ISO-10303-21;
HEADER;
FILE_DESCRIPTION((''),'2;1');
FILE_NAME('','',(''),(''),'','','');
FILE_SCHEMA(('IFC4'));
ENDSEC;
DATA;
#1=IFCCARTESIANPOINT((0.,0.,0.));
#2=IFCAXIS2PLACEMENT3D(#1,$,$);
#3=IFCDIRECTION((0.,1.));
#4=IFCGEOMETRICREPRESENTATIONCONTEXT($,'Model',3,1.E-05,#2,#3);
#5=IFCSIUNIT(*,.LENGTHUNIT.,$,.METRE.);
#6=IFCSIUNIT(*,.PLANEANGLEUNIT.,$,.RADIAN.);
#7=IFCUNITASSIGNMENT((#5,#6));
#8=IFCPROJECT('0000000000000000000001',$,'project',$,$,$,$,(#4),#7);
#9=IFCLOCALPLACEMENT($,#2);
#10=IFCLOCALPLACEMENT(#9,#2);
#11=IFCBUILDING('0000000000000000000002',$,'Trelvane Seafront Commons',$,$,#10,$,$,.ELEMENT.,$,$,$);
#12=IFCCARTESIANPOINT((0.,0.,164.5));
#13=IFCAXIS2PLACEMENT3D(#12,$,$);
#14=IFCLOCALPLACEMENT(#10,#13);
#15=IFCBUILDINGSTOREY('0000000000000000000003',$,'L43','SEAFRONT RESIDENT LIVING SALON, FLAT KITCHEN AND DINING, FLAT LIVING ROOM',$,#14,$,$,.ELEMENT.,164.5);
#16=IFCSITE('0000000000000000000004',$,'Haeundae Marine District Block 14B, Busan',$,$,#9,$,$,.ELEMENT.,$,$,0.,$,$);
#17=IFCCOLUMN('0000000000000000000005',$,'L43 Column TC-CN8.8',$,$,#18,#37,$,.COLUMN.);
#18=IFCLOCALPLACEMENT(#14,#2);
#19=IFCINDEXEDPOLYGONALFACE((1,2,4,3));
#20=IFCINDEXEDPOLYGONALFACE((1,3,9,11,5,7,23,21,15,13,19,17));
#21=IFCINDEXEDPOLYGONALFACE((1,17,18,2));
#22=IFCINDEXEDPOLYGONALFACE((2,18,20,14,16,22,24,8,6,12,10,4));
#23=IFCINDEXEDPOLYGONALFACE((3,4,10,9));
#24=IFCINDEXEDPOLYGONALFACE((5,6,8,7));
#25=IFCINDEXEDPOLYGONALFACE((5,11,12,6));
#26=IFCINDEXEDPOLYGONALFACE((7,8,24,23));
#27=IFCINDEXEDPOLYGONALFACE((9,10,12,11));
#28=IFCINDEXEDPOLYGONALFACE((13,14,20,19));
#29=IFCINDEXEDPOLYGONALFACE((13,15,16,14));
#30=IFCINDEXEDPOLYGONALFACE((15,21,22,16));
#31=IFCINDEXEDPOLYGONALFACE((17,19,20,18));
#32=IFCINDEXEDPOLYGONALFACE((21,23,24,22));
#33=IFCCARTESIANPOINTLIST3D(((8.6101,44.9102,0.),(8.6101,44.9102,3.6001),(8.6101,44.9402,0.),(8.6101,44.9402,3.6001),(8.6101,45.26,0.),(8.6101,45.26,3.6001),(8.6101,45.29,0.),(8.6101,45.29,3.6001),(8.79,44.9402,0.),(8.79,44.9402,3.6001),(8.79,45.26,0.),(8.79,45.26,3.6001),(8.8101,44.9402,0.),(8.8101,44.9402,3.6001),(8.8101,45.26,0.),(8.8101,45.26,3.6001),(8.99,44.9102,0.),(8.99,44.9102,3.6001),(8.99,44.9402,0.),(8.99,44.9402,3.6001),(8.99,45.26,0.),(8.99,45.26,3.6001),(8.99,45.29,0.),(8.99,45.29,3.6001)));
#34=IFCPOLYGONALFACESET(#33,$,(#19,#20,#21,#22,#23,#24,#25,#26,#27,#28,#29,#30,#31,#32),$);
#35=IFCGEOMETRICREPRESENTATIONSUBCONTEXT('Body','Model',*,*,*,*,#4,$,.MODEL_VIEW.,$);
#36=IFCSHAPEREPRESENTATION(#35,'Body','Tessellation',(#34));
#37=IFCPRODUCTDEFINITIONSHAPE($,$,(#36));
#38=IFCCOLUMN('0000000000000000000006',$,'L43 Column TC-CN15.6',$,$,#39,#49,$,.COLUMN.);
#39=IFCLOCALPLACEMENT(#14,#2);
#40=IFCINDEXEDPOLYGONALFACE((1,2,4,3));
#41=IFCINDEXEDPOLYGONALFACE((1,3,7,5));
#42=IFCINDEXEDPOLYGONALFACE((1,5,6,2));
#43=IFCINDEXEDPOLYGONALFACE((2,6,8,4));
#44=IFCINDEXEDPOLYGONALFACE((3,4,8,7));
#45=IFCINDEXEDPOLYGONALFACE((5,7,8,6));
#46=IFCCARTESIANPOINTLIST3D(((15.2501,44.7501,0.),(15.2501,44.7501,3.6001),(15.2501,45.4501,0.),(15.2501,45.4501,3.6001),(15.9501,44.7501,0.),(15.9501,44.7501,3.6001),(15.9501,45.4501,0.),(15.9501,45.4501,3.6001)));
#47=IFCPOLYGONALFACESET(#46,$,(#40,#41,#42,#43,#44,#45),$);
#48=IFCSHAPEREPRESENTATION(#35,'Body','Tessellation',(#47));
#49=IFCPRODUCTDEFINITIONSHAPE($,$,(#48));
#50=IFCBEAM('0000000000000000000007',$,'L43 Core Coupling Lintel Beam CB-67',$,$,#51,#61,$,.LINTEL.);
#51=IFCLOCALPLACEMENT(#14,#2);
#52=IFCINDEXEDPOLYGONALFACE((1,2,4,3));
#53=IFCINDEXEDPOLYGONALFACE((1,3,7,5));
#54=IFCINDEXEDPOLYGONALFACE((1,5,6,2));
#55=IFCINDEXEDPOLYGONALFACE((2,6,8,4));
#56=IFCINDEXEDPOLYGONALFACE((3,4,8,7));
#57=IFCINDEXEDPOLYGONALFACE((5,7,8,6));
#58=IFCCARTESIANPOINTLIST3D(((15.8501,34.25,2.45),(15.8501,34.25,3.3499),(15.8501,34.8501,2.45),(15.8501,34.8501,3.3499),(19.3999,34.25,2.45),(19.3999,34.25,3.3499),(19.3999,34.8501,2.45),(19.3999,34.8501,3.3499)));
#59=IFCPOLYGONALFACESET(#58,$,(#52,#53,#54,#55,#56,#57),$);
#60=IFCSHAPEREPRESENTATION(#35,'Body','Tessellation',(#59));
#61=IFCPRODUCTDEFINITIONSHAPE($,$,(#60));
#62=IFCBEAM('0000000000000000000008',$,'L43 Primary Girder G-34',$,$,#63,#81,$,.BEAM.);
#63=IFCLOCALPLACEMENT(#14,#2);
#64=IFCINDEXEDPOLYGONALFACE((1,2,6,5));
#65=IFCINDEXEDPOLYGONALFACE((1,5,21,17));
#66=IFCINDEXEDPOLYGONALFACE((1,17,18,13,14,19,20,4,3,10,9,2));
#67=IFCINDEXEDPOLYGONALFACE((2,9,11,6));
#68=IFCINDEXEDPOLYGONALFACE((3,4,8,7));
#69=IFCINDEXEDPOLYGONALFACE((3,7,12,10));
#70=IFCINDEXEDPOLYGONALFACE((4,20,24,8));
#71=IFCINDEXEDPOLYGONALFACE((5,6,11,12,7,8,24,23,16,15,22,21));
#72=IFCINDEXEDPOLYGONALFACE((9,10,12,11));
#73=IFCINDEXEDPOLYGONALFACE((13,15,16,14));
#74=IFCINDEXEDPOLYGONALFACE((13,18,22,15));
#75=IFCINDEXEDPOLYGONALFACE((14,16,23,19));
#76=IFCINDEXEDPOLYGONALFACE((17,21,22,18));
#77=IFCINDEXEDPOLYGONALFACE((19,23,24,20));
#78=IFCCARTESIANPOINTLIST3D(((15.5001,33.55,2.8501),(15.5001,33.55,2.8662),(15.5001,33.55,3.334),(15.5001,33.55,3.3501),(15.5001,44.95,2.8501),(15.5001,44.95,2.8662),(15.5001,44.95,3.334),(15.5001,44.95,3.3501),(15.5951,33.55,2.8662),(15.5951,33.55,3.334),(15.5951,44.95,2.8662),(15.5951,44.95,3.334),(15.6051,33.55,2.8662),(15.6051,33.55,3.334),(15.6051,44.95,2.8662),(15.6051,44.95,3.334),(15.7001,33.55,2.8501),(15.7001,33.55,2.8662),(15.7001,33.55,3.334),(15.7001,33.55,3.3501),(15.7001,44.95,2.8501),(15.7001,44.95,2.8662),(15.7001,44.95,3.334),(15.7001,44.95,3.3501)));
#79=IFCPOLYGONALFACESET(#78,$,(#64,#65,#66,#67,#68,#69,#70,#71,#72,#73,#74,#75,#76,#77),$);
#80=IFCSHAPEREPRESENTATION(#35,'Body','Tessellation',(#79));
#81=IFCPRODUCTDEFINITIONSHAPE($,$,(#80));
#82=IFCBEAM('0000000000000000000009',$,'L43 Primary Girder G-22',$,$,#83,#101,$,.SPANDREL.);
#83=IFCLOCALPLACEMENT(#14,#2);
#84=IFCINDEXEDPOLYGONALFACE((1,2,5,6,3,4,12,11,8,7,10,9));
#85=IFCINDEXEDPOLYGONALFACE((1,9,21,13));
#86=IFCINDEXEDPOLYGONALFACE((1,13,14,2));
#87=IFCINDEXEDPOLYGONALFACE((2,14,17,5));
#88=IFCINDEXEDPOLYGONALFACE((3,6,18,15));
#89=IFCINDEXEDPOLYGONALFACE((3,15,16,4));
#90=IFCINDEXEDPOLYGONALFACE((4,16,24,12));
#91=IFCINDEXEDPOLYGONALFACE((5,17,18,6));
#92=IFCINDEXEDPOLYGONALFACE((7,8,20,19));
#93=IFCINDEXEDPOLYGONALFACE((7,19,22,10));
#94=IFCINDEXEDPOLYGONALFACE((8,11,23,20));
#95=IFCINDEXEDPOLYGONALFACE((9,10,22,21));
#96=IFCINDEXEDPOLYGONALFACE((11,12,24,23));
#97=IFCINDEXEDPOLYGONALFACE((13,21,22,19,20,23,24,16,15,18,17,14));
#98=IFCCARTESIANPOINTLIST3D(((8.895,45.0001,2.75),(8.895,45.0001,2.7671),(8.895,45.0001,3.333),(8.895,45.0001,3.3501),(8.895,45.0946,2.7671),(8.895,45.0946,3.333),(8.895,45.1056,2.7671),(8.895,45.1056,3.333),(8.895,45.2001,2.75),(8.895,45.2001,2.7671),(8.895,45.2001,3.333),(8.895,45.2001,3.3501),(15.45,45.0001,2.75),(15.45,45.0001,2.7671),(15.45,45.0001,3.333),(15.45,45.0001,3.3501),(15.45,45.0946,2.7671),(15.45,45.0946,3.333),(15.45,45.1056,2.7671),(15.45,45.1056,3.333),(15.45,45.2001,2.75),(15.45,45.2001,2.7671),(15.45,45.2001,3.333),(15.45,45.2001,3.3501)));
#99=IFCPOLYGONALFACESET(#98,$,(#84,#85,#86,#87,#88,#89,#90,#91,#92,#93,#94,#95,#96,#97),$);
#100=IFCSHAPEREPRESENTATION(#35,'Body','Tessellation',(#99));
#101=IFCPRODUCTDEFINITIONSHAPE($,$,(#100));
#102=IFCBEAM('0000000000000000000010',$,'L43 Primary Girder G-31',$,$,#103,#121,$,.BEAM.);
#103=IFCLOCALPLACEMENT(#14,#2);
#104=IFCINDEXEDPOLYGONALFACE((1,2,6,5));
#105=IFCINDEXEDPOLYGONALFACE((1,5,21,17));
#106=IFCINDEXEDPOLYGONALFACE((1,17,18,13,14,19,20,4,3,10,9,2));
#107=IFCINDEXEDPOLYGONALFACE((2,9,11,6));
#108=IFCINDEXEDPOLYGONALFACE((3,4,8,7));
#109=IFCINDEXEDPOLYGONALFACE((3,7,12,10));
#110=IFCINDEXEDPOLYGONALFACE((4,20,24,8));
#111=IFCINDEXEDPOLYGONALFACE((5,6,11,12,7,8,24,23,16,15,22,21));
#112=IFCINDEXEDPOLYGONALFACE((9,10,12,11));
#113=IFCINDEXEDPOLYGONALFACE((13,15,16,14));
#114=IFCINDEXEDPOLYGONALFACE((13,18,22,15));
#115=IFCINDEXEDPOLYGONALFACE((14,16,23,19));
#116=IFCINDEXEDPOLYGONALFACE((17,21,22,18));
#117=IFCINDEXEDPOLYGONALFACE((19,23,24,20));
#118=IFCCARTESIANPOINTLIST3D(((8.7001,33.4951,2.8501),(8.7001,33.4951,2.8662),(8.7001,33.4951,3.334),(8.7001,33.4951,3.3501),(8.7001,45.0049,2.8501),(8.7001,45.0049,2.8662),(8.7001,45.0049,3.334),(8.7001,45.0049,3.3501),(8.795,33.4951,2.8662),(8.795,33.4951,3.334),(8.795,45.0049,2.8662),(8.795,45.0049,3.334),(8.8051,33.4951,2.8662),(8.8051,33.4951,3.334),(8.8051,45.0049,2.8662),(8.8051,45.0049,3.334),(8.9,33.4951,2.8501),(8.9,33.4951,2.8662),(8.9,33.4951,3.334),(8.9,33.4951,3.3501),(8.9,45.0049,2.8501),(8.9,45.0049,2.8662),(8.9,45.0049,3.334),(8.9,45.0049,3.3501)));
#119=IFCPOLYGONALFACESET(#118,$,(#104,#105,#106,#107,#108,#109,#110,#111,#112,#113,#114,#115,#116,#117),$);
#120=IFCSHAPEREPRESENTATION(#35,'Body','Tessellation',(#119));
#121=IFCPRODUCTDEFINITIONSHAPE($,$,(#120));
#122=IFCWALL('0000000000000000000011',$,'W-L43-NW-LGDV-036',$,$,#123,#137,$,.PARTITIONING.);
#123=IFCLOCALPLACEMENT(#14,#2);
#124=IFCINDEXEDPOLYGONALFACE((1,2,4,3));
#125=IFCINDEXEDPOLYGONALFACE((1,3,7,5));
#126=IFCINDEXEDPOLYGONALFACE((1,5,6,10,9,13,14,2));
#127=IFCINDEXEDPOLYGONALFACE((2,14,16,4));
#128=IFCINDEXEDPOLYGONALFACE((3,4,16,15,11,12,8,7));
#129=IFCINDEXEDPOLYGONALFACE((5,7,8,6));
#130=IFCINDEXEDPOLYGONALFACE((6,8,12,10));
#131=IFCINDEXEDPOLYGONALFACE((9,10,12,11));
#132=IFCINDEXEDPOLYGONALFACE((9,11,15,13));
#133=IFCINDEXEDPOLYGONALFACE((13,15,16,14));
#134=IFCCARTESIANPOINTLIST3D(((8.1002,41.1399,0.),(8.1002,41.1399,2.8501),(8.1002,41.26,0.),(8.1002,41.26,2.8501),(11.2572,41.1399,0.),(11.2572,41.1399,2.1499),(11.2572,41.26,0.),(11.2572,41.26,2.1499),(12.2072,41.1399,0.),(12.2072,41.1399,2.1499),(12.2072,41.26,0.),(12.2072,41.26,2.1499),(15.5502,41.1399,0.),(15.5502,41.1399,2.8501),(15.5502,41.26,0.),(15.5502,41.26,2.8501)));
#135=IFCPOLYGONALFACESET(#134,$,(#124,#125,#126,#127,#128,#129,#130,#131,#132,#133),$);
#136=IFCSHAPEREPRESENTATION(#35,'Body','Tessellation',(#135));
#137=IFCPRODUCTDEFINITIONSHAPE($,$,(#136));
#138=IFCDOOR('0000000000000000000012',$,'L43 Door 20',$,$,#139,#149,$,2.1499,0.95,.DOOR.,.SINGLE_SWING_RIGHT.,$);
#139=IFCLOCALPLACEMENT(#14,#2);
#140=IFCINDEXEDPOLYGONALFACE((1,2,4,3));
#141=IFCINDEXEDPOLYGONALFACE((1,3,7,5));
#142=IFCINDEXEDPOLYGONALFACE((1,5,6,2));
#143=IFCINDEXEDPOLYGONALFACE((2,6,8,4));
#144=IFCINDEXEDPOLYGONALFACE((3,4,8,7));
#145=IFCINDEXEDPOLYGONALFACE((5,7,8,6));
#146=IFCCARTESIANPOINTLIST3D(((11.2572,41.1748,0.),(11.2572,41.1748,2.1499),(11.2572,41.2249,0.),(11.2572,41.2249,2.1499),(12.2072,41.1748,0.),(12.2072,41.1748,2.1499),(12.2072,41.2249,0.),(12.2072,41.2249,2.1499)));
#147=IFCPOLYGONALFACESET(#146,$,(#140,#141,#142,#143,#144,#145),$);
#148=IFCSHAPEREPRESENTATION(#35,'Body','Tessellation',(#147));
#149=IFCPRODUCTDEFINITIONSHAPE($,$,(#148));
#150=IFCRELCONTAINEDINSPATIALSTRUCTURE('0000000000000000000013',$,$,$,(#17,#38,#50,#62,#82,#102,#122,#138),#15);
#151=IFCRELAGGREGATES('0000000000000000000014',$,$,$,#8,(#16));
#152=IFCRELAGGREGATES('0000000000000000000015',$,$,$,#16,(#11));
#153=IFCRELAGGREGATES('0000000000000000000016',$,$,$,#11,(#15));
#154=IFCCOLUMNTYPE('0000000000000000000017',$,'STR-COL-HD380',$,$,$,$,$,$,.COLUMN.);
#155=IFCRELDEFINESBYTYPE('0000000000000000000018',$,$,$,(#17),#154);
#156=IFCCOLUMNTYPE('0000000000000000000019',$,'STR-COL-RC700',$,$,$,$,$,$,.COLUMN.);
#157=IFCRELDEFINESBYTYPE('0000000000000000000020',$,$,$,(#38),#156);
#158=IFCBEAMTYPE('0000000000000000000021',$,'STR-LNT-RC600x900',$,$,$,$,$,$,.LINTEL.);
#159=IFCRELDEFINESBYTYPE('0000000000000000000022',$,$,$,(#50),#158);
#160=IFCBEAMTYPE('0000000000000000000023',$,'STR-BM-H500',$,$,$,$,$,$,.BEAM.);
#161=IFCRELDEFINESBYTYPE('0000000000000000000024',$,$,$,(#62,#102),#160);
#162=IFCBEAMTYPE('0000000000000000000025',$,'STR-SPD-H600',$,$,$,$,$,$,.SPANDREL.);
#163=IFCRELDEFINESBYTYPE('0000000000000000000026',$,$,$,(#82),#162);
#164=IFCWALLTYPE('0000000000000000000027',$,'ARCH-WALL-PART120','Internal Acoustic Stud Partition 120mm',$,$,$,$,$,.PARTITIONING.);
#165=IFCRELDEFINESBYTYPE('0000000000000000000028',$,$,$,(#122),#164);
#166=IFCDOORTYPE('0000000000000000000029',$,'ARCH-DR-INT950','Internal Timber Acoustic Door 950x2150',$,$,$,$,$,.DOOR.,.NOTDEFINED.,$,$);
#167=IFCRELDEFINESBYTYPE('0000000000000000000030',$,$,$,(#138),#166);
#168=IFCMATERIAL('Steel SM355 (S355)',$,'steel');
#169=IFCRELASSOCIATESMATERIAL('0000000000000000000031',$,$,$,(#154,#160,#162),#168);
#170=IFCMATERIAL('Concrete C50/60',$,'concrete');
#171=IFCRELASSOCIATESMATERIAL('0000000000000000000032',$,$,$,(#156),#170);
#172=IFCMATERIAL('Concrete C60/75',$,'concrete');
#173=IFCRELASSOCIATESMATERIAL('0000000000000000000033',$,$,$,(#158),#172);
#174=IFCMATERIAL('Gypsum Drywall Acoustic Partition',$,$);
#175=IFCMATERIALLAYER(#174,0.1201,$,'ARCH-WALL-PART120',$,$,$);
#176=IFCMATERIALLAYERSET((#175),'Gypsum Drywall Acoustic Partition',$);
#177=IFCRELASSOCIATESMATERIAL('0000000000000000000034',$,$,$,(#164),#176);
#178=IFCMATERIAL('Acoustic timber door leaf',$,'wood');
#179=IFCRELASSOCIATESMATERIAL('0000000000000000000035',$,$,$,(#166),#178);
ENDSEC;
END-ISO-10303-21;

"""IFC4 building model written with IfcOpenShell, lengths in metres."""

from ifc_helpers import new_model, si_unit, direction, frame, frame_2d, origin, origin_2d, place, context, subcontext, project, spatial, rectangle, i_section, extrude, source, transform, mapped, material, layer, layer_set, material_profile, profile_set, type_object, element, fill, save


model = new_model("IFC4")

# Units and contexts
model_context = context("Model", 3, precision=1e-05, world=origin(), true_north=direction((0.0, 1.0)))
body_context = subcontext(model_context, "Body", "Model", "MODEL_VIEW")
ifc_project = project(units=[si_unit("LENGTHUNIT", "METRE"), si_unit("PLANEANGLEUNIT", "RADIAN")], contexts=[model_context])

# Site, building, storey
site_placement = place(None, origin())
site = spatial("IfcSite", under=ifc_project, at=site_placement, Name="Haeundae Marine District Block 14B, Busan", CompositionType="ELEMENT", RefElevation=0.0)
building_placement = place(site_placement, origin())
building = spatial("IfcBuilding", under=site, at=building_placement, Name="Trelvane Seafront Commons", CompositionType="ELEMENT")
storey_placement = place(building_placement, frame((0.0, 0.0, 164.5)))
storey = spatial("IfcBuildingStorey", under=building, at=storey_placement, Name="L43", Description="SEAFRONT RESIDENT LIVING SALON, FLAT KITCHEN AND DINING, FLAT LIVING ROOM", CompositionType="ELEMENT", Elevation=164.5)

# Columns
ifc_material_1 = material(Name="Steel SM355 (S355)", Category="steel")
ifc_material_profile_1 = material_profile(ifc_material_1, i_section(OverallWidth=0.3799, OverallDepth=0.3799, WebThickness=0.02, FlangeThickness=0.03, at=origin_2d()), Name="HD-380x380x20x30")
ifc_profile_set_1 = profile_set([ifc_material_profile_1], Name="Steel SM355 (S355)")
column_type_1 = type_object("IfcColumnType", Name="STR-COL-HD380", PredefinedType="COLUMN", material=ifc_profile_set_1)
shared_shape_1 = source(origin(), body_context, "Body", "SweptSolid", [
    extrude(i_section(OverallWidth=0.3799, OverallDepth=0.3799, WebThickness=0.02, FlangeThickness=0.03, at=origin_2d()), origin(), (0.0, 0.0, 1.0), 3.6001),
])
column_1_placement = place(storey_placement, frame((8.8, 45.1001, 0.0), z_axis=(0.0, 0.0, 1.0), x_axis=(1.0, 0.0, 0.0)))
element("IfcColumn", 1, at=column_1_placement, inside=storey, type_object=column_type_1, Name="L43 Column TC-CN8.8", PredefinedType="COLUMN", context=body_context, shape_type="MappedRepresentation", body=[
    mapped(shared_shape_1, transform((0.0, 0.0, 0.0), x_axis=(1.0, 0.0, 0.0), y_axis=(0.0, 1.0, 0.0), z_axis=(0.0, 0.0, 1.0), scale=1.0)),
])
ifc_material_2 = material(Name="Concrete C50/60", Category="concrete")
ifc_material_profile_2 = material_profile(ifc_material_2, rectangle(XDim=0.7, YDim=0.7, at=origin_2d()), Name="RC-700x700")
ifc_profile_set_2 = profile_set([ifc_material_profile_2], Name="Concrete C50/60")
column_type_2 = type_object("IfcColumnType", Name="STR-COL-RC700", PredefinedType="COLUMN", material=ifc_profile_set_2)
shared_shape_2 = source(origin(), body_context, "Body", "SweptSolid", [
    extrude(rectangle(XDim=0.7, YDim=0.7, at=origin_2d()), origin(), (0.0, 0.0, 1.0), 3.6001),
])
column_2_placement = place(storey_placement, frame((15.6001, 45.1001, 0.0), z_axis=(0.0, 0.0, 1.0), x_axis=(1.0, 0.0, 0.0)))
element("IfcColumn", 2, at=column_2_placement, inside=storey, type_object=column_type_2, Name="L43 Column TC-CN15.6", PredefinedType="COLUMN", context=body_context, shape_type="MappedRepresentation", body=[
    mapped(shared_shape_2, transform((0.0, 0.0, 0.0), x_axis=(1.0, 0.0, 0.0), y_axis=(0.0, 1.0, 0.0), z_axis=(0.0, 0.0, 1.0), scale=1.0)),
])

# Beams
ifc_material_3 = material(Name="Concrete C60/75", Category="concrete")
ifc_material_profile_3 = material_profile(ifc_material_3, rectangle(XDim=0.6001, YDim=0.8999, at=origin_2d()), Name="RC-600x900")
ifc_profile_set_3 = profile_set([ifc_material_profile_3], Name="Concrete C60/75")
beam_type_1 = type_object("IfcBeamType", Name="STR-LNT-RC600x900", PredefinedType="LINTEL", material=ifc_profile_set_3)
shared_shape_3 = source(origin(), body_context, "Body", "SweptSolid", [
    extrude(rectangle(XDim=0.6001, YDim=0.8999, at=origin_2d()), origin(), (0.0, 0.0, 1.0), 3.5498),
])
beam_1_placement = place(storey_placement, frame((15.8501, 34.55, 2.8999), z_axis=(1.0, 0.0, 0.0), x_axis=(0.0, 1.0, 0.0)))
element("IfcBeam", 3, at=beam_1_placement, inside=storey, type_object=beam_type_1, Name="L43 Core Coupling Lintel Beam CB-67", PredefinedType="LINTEL", context=body_context, shape_type="MappedRepresentation", body=[
    mapped(shared_shape_3, transform((0.0, 0.0, 0.0), x_axis=(1.0, 0.0, 0.0), y_axis=(0.0, 1.0, 0.0), z_axis=(0.0, 0.0, 1.0), scale=1.0)),
])
ifc_material_profile_4 = material_profile(ifc_material_1, i_section(OverallWidth=0.2, OverallDepth=0.5, WebThickness=0.01, FlangeThickness=0.0161, at=origin_2d()), Name="H-500x200x10x16")
ifc_profile_set_4 = profile_set([ifc_material_profile_4], Name="Steel SM355 (S355)")
beam_type_2 = type_object("IfcBeamType", Name="STR-BM-H500", PredefinedType="BEAM", material=ifc_profile_set_4)
shared_shape_4 = source(origin(), body_context, "Body", "SweptSolid", [
    extrude(i_section(OverallWidth=0.2, OverallDepth=0.5, WebThickness=0.01, FlangeThickness=0.0161, at=origin_2d()), origin(), (0.0, 0.0, 1.0), 11.3999),
])
beam_2_placement = place(storey_placement, frame((15.6001, 33.55, 3.1001), z_axis=(0.0, 1.0, 0.0), x_axis=(-1.0, 0.0, 0.0)))
element("IfcBeam", 4, at=beam_2_placement, inside=storey, type_object=beam_type_2, Name="L43 Primary Girder G-34", PredefinedType="BEAM", context=body_context, shape_type="MappedRepresentation", body=[
    mapped(shared_shape_4, transform((0.0, 0.0, 0.0), x_axis=(1.0, 0.0, 0.0), y_axis=(0.0, 1.0, 0.0), z_axis=(0.0, 0.0, 1.0), scale=1.0)),
])
ifc_material_profile_5 = material_profile(ifc_material_1, i_section(OverallWidth=0.2, OverallDepth=0.6001, WebThickness=0.011, FlangeThickness=0.0171, at=origin_2d()), Name="H-600x200x11x17")
ifc_profile_set_5 = profile_set([ifc_material_profile_5], Name="Steel SM355 (S355)")
beam_type_3 = type_object("IfcBeamType", Name="STR-SPD-H600", PredefinedType="SPANDREL", material=ifc_profile_set_5)
shared_shape_5 = source(origin(), body_context, "Body", "SweptSolid", [
    extrude(i_section(OverallWidth=0.2, OverallDepth=0.6001, WebThickness=0.011, FlangeThickness=0.0171, at=origin_2d()), origin(), (0.0, 0.0, 1.0), 6.5549),
])
beam_3_placement = place(storey_placement, frame((8.895, 45.1001, 3.05), z_axis=(1.0, 0.0, 0.0), x_axis=(0.0, 1.0, 0.0)))
element("IfcBeam", 5, at=beam_3_placement, inside=storey, type_object=beam_type_3, Name="L43 Primary Girder G-22", PredefinedType="SPANDREL", context=body_context, shape_type="MappedRepresentation", body=[
    mapped(shared_shape_5, transform((0.0, 0.0, 0.0), x_axis=(1.0, 0.0, 0.0), y_axis=(0.0, 1.0, 0.0), z_axis=(0.0, 0.0, 1.0), scale=1.0)),
])
shared_shape_6 = source(origin(), body_context, "Body", "SweptSolid", [
    extrude(i_section(OverallWidth=0.2, OverallDepth=0.5, WebThickness=0.01, FlangeThickness=0.0161, at=origin_2d()), origin(), (0.0, 0.0, 1.0), 11.5098),
])
beam_4_placement = place(storey_placement, frame((8.8, 33.4951, 3.1001), z_axis=(0.0, 1.0, 0.0), x_axis=(-1.0, 0.0, 0.0)))
element("IfcBeam", 6, at=beam_4_placement, inside=storey, type_object=beam_type_2, Name="L43 Primary Girder G-31", PredefinedType="BEAM", context=body_context, shape_type="MappedRepresentation", body=[
    mapped(shared_shape_6, transform((0.0, 0.0, 0.0), x_axis=(1.0, 0.0, 0.0), y_axis=(0.0, 1.0, 0.0), z_axis=(0.0, 0.0, 1.0), scale=1.0)),
])

# Wall, opening, door
ifc_material_4 = material(Name="Gypsum Drywall Acoustic Partition")
ifc_layer_1 = layer(ifc_material_4, 0.1201, Name="ARCH-WALL-PART120")
ifc_layer_set_1 = layer_set([ifc_layer_1], Name="Gypsum Drywall Acoustic Partition")
wall_type_1 = type_object("IfcWallType", Name="ARCH-WALL-PART120", Description="Internal Acoustic Stud Partition 120mm", PredefinedType="PARTITIONING", material=ifc_layer_set_1)
wall_1_placement = place(storey_placement, frame((8.1001, 41.2, 0.0), z_axis=(0.0, 0.0, 1.0), x_axis=(1.0, 0.0, 0.0)))
wall_1 = element("IfcWall", 7, at=wall_1_placement, inside=storey, type_object=wall_type_1, Name="W-L43-NW-LGDV-036", PredefinedType="PARTITIONING", context=body_context, shape_type="SweptSolid", body=[
    extrude(rectangle(XDim=7.45, YDim=0.1201, at=frame_2d((3.7251, 0.0))), origin(), (0.0, 0.0, 1.0), 2.8501),
])
opening_1_placement = place(wall_1_placement, frame((3.157, 0.0, 0.0)))
opening_1 = element("IfcOpeningElement", 8, at=opening_1_placement, cuts=wall_1, PredefinedType="OPENING", context=body_context, shape_type="SweptSolid", body=[
    extrude(rectangle(XDim=0.95, YDim=2.1499, at=frame_2d((0.4751, 1.075))), frame((0.0, 0.0701, 0.0), z_axis=(0.0, -1.0, 0.0), x_axis=(1.0, 0.0, 0.0)), (0.0, 0.0, 1.0), 0.1401),
])
ifc_material_5 = material(Name="Acoustic timber door leaf", Category="wood")
door_type_1 = type_object("IfcDoorType", Name="ARCH-DR-INT950", Description="Internal Timber Acoustic Door 950x2150", OperationType="NOTDEFINED", PredefinedType="DOOR", material=ifc_material_5)
shared_shape_7 = source(origin(), body_context, "Body", "SweptSolid", [
    extrude(rectangle(XDim=0.95, YDim=2.1499, at=frame_2d((0.4751, 1.075))), frame((0.0, 0.0249, 0.0), z_axis=(0.0, -1.0, 0.0), x_axis=(1.0, 0.0, 0.0)), (0.0, 0.0, 1.0), 0.05),
])
door_1_placement = place(opening_1_placement, origin())
door_1 = element("IfcDoor", 9, at=door_1_placement, inside=storey, type_object=door_type_1, Name="L43 Door 20", OperationType="SINGLE_SWING_RIGHT", OverallHeight=2.1499, OverallWidth=0.95, PredefinedType="DOOR", context=body_context, shape_type="MappedRepresentation", body=[
    mapped(shared_shape_7, transform((0.0, 0.0, 0.0), x_axis=(1.0, 0.0, 0.0), y_axis=(0.0, 1.0, 0.0), z_axis=(0.0, 0.0, 1.0), scale=1.0)),
])
fill(opening_1, door_1)

save(model, "model.ifc")
